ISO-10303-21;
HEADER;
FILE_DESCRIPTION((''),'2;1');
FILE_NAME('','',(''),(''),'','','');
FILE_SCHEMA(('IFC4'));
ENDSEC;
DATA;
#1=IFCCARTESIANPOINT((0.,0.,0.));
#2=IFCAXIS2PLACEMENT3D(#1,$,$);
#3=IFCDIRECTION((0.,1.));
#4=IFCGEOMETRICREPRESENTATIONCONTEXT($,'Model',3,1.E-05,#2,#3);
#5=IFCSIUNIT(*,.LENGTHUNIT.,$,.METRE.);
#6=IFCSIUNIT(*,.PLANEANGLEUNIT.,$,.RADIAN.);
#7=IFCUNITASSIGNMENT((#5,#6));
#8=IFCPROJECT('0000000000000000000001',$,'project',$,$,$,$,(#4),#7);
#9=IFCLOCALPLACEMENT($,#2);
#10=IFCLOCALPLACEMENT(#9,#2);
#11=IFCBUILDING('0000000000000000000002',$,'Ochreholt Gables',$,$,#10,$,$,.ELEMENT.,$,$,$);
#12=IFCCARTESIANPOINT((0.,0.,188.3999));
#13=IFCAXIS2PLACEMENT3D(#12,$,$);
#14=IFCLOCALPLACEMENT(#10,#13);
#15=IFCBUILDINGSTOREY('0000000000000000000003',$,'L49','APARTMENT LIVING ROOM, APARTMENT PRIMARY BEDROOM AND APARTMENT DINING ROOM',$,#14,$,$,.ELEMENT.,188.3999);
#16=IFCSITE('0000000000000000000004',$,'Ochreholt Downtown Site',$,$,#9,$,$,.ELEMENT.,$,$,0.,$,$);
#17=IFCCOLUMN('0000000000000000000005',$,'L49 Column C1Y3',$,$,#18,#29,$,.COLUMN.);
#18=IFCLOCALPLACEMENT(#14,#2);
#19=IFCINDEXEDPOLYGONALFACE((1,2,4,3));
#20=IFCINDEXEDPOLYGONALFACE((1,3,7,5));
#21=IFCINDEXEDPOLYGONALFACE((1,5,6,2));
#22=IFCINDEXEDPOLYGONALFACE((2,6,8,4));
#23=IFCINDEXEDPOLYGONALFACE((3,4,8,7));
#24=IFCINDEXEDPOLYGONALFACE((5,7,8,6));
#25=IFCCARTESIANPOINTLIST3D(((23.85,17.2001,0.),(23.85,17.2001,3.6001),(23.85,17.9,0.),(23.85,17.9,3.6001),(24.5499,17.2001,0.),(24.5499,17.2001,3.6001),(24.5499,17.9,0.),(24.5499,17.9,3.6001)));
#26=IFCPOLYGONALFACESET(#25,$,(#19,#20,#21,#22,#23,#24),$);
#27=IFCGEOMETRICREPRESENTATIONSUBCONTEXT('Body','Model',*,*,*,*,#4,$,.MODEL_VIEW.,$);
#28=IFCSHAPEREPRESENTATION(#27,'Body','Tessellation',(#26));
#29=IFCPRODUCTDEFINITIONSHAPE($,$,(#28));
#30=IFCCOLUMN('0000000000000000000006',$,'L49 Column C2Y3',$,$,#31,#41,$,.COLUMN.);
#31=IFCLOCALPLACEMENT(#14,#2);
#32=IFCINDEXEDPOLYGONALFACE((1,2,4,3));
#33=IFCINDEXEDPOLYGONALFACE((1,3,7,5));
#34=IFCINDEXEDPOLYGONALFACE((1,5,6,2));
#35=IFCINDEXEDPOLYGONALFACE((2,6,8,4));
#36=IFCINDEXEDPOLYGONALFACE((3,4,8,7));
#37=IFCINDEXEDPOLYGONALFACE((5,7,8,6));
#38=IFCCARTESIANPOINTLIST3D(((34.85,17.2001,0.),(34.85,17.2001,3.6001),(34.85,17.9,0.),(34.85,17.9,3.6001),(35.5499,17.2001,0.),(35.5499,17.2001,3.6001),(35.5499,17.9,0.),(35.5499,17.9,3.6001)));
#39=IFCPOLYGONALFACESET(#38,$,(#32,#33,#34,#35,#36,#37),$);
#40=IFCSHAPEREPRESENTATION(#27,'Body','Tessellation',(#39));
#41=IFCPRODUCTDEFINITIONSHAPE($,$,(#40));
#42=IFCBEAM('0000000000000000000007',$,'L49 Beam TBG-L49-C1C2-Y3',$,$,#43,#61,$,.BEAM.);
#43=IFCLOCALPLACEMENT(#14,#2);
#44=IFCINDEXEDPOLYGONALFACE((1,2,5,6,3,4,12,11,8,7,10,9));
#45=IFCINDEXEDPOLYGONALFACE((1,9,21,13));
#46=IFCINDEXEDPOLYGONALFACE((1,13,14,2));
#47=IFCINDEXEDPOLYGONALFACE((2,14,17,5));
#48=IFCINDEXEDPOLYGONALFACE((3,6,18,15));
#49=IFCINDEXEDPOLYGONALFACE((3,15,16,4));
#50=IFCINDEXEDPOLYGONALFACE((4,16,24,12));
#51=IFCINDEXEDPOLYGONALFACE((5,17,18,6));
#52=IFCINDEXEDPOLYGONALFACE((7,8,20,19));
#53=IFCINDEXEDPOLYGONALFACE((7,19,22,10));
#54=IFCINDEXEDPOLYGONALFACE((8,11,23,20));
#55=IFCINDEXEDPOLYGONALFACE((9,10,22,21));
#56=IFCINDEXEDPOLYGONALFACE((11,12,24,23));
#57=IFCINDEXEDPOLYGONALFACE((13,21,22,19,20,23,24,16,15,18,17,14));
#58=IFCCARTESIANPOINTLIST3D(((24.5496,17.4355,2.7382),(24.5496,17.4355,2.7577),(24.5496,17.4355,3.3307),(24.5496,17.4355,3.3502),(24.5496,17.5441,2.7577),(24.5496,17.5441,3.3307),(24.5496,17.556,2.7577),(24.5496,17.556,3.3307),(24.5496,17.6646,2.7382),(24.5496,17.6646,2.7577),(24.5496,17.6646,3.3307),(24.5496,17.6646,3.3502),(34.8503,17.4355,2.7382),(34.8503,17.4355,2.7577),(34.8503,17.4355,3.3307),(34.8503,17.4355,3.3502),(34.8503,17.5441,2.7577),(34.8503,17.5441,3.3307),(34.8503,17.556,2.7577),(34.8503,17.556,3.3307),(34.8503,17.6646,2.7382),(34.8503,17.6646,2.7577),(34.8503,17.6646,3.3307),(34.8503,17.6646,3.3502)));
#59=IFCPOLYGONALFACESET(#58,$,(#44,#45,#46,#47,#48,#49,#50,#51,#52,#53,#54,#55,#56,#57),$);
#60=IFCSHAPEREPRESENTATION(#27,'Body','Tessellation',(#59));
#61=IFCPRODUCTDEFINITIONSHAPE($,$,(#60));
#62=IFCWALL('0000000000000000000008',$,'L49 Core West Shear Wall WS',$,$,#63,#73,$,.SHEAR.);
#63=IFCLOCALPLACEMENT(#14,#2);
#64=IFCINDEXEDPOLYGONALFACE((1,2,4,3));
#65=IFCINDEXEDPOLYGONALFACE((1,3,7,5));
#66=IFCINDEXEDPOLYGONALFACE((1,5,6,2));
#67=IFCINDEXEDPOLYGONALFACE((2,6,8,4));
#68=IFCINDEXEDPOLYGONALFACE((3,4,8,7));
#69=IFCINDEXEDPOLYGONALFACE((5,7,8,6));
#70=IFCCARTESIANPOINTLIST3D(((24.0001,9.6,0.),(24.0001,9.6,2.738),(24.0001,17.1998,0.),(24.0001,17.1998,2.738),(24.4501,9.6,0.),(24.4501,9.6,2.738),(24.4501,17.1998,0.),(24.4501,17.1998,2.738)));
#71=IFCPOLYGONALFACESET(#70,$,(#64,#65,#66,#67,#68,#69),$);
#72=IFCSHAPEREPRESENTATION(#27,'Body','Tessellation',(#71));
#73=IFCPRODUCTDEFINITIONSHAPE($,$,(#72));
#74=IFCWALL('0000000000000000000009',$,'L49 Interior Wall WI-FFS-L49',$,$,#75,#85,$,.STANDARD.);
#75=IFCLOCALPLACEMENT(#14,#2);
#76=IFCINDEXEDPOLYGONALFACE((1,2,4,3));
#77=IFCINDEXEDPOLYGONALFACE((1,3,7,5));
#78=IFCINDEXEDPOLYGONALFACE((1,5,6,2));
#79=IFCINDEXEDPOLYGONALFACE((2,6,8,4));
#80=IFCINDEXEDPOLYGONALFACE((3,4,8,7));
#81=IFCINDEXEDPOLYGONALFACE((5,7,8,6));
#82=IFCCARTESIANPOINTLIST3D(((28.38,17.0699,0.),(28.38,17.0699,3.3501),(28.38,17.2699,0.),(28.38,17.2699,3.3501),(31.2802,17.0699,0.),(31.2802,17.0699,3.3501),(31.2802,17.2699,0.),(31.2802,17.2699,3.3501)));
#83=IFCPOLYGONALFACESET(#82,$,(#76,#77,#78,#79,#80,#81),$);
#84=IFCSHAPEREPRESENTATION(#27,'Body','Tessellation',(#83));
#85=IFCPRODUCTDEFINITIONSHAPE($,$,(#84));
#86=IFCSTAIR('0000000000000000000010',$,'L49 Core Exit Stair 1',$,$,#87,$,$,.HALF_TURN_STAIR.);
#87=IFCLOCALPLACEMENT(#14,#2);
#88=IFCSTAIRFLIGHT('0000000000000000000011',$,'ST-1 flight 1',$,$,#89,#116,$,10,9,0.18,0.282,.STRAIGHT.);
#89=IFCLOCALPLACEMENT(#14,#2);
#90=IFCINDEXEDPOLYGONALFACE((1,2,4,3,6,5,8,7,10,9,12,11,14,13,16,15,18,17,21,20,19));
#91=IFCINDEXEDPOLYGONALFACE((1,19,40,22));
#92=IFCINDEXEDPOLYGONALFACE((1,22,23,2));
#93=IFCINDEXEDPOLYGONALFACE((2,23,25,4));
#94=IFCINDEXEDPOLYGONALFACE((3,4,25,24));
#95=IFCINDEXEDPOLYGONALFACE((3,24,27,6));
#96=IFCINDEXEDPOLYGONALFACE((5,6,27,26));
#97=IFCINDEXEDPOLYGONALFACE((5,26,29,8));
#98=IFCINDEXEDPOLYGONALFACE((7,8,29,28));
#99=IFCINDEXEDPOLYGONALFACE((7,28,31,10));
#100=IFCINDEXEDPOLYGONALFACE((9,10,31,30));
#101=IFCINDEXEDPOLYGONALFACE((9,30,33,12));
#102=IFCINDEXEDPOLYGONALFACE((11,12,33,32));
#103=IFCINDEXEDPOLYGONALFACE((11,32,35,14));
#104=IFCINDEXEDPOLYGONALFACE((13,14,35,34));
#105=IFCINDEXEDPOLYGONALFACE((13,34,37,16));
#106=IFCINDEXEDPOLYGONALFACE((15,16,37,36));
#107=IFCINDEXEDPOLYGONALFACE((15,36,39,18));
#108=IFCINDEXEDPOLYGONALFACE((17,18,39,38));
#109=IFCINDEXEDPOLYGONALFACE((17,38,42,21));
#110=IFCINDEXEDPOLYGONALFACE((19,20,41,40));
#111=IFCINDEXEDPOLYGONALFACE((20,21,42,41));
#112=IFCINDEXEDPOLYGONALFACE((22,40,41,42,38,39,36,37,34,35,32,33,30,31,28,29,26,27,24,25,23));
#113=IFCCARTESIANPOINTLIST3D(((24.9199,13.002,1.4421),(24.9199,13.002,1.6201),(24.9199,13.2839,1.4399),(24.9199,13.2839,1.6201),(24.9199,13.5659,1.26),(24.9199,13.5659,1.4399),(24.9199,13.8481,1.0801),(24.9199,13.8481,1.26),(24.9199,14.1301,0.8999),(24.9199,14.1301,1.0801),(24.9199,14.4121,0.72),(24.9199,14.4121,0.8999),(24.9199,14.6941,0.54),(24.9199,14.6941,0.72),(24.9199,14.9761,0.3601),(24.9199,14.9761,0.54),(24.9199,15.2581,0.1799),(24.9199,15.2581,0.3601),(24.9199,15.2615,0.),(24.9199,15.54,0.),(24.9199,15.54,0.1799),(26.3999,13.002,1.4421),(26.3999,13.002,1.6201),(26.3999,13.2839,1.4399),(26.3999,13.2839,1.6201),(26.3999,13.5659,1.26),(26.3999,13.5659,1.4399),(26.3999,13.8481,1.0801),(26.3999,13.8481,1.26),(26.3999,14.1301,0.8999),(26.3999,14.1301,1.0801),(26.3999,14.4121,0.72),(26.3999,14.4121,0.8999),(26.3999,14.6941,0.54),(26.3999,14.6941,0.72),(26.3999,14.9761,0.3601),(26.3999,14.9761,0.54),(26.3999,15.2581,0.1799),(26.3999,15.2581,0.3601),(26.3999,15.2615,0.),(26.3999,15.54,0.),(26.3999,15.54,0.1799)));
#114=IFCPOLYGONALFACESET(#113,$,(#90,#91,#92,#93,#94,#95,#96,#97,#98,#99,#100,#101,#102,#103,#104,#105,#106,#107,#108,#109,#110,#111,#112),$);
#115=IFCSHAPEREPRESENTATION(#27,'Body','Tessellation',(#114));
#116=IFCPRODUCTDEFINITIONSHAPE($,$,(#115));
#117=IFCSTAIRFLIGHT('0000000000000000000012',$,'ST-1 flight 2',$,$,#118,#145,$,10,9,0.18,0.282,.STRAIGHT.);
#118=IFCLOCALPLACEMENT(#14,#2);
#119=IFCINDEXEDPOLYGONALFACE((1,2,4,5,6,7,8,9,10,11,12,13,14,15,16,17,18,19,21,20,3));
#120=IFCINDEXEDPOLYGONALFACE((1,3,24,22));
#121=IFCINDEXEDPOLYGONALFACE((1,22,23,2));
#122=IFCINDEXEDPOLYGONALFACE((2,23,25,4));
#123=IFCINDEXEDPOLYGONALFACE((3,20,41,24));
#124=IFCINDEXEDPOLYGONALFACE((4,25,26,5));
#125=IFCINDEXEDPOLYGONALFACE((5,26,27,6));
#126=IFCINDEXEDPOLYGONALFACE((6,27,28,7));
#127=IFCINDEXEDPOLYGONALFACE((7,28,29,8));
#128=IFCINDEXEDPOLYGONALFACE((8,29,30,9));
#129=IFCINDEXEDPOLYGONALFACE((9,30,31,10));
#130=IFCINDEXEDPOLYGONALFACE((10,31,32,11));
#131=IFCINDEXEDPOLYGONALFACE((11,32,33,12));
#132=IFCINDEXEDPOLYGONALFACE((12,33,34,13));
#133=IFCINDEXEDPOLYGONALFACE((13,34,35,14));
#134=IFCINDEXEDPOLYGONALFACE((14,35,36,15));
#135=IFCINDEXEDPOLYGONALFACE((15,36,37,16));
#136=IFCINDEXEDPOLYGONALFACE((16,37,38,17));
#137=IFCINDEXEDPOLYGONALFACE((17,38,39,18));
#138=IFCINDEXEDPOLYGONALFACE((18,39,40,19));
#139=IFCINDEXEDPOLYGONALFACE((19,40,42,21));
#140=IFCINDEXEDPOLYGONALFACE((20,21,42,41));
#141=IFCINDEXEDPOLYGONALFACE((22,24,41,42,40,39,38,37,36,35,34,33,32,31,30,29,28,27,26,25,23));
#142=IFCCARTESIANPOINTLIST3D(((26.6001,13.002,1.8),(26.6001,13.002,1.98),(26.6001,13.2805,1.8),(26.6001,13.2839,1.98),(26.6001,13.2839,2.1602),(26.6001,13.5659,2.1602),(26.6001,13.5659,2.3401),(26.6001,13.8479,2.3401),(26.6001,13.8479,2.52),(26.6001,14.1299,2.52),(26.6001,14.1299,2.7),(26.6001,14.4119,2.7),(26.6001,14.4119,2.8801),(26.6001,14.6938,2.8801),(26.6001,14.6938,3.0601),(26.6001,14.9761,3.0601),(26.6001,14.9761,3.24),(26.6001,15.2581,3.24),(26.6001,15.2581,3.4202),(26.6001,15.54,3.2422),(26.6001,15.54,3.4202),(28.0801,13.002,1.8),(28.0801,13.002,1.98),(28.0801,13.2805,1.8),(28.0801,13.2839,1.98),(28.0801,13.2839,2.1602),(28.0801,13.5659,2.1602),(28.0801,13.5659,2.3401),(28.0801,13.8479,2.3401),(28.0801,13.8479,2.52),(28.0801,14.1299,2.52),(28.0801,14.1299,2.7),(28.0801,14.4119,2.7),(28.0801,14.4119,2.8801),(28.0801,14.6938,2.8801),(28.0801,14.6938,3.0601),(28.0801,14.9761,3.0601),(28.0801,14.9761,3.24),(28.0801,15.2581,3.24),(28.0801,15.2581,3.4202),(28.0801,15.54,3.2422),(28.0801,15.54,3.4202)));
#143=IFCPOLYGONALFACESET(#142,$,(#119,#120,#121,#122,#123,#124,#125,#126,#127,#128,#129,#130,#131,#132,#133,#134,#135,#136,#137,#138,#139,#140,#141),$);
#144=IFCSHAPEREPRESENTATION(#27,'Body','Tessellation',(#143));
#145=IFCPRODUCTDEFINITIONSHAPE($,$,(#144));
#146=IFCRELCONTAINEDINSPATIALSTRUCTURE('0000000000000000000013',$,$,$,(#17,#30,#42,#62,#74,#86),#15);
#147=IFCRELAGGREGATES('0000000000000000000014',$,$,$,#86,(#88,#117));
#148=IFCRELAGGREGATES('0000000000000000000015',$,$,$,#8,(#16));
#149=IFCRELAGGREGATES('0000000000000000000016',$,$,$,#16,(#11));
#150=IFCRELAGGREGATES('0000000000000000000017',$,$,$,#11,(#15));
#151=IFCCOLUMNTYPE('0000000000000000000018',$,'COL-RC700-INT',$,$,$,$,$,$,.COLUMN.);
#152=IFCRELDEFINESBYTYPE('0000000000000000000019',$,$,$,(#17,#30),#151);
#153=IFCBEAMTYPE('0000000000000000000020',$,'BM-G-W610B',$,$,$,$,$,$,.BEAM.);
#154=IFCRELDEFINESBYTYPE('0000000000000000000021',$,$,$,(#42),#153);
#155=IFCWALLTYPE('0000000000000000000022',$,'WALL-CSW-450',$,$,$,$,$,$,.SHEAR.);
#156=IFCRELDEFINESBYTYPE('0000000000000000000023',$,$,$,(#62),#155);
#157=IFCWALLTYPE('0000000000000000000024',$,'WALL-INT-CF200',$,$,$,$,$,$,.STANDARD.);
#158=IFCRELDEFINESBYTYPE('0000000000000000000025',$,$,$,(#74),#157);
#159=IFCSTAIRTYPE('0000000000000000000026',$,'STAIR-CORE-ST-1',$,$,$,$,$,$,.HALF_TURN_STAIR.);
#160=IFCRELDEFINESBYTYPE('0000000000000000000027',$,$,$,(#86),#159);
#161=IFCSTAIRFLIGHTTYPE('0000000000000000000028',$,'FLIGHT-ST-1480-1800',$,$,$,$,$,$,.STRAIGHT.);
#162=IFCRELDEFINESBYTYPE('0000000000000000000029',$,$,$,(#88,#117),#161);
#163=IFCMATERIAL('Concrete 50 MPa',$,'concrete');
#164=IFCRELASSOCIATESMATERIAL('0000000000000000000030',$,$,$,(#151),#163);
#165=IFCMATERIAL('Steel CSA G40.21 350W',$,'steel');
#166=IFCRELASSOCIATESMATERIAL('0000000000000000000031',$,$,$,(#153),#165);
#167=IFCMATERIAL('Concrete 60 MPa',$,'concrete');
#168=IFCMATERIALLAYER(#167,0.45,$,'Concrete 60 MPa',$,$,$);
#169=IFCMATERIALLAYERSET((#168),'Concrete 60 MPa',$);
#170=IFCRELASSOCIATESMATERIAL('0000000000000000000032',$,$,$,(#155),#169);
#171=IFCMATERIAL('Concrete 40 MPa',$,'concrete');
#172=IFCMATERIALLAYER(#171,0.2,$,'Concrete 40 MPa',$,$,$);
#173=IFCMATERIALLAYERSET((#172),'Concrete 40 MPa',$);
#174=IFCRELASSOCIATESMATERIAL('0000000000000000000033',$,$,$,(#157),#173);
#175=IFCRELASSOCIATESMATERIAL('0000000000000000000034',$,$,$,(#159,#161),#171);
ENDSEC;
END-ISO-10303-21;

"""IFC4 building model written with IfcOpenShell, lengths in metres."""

from ifc_helpers import new_model, si_unit, direction, frame, frame_2d, origin, origin_2d, place, context, subcontext, project, spatial, polyline, rectangle, i_section, outline, extrude, material, layer, layer_set, material_profile, profile_set, type_object, element, aggregate, save


model = new_model("IFC4")

# Units and contexts
model_context = context("Model", 3, precision=1e-05, world=origin(), true_north=direction((0.0, 1.0)))
body_context = subcontext(model_context, "Body", "Model", "MODEL_VIEW")
ifc_project = project(units=[si_unit("LENGTHUNIT", "METRE"), si_unit("PLANEANGLEUNIT", "RADIAN")], contexts=[model_context])

# Site, building, storey
site_placement = place(None, origin())
site = spatial("IfcSite", under=ifc_project, at=site_placement, Name="Ochreholt Downtown Site", CompositionType="ELEMENT", RefElevation=0.0)
building_placement = place(site_placement, origin())
building = spatial("IfcBuilding", under=site, at=building_placement, Name="Ochreholt Gables", CompositionType="ELEMENT")
storey_placement = place(building_placement, frame((0.0, 0.0, 188.3999)))
storey = spatial("IfcBuildingStorey", under=building, at=storey_placement, Name="L49", Description="APARTMENT LIVING ROOM, APARTMENT PRIMARY BEDROOM AND APARTMENT DINING ROOM", CompositionType="ELEMENT", Elevation=188.3999)

# Columns
ifc_material_1 = material(Name="Concrete 50 MPa", Category="concrete")
ifc_material_profile_1 = material_profile(ifc_material_1, rectangle(XDim=0.7, YDim=0.7, at=origin_2d()), Name="RC700X700")
ifc_profile_set_1 = profile_set([ifc_material_profile_1], Name="Concrete 50 MPa")
column_type = type_object("IfcColumnType", Name="COL-RC700-INT", PredefinedType="COLUMN", material=ifc_profile_set_1)
for number, where, z_axis, x_axis, name in (
    (1, (24.2, 17.55, 0.0), (0.0, 0.0, 1.0), (1.0, 0.0, 0.0), "L49 Column C1Y3"),
    (2, (35.2, 17.55, 0.0), (0.0, 0.0, 1.0), (1.0, 0.0, 0.0), "L49 Column C2Y3"),
):
    element("IfcColumn", number, at=place(storey_placement, frame(where, z_axis=z_axis, x_axis=x_axis)), inside=storey, type_object=column_type, Name=name, PredefinedType="COLUMN", context=body_context, shape_type="SweptSolid", body=[
        extrude(rectangle(XDim=0.7, YDim=0.7, at=origin_2d()), origin(), (0.0, 0.0, 1.0), 3.6001),
    ])

# Beam
ifc_material_2 = material(Name="Steel CSA G40.21 350W", Category="steel")
ifc_material_profile_2 = material_profile(ifc_material_2, i_section(OverallWidth=0.229, OverallDepth=0.6121, WebThickness=0.012, FlangeThickness=0.0195, at=origin_2d()), Name="W610X125")
ifc_profile_set_2 = profile_set([ifc_material_profile_2], Name="Steel CSA G40.21 350W")
beam_type = type_object("IfcBeamType", Name="BM-G-W610B", PredefinedType="BEAM", material=ifc_profile_set_2)
beam_placement = place(storey_placement, frame((24.5496, 17.55, 3.0442), z_axis=(1.0, 0.0, 0.0), x_axis=(0.0, 1.0, 0.0)))
element("IfcBeam", 3, at=beam_placement, inside=storey, type_object=beam_type, Name="L49 Beam TBG-L49-C1C2-Y3", PredefinedType="BEAM", context=body_context, shape_type="SweptSolid", body=[
    extrude(i_section(OverallWidth=0.229, OverallDepth=0.6121, WebThickness=0.012, FlangeThickness=0.0195, at=origin_2d()), origin(), (0.0, 0.0, 1.0), 10.3008),
])

# Walls
ifc_material_3 = material(Name="Concrete 60 MPa", Category="concrete")
ifc_layer_1 = layer(ifc_material_3, 0.45, Name="Concrete 60 MPa")
ifc_layer_set_1 = layer_set([ifc_layer_1], Name="Concrete 60 MPa")
wall_type_1 = type_object("IfcWallType", Name="WALL-CSW-450", PredefinedType="SHEAR", material=ifc_layer_set_1)
wall_1_placement = place(storey_placement, frame((24.2251, 9.6001, 0.0), z_axis=(0.0, 0.0, 1.0), x_axis=(0.0, 1.0, 0.0)))
element("IfcWall", 4, at=wall_1_placement, inside=storey, type_object=wall_type_1, Name="L49 Core West Shear Wall WS", PredefinedType="SHEAR", context=body_context, shape_type="SweptSolid", body=[
    extrude(rectangle(XDim=7.5999, YDim=0.45, at=frame_2d((3.7998, 0.0))), origin(), (0.0, 0.0, 1.0), 2.738),
])
ifc_material_4 = material(Name="Concrete 40 MPa", Category="concrete")
ifc_layer_2 = layer(ifc_material_4, 0.2, Name="Concrete 40 MPa")
ifc_layer_set_2 = layer_set([ifc_layer_2], Name="Concrete 40 MPa")
wall_type_2 = type_object("IfcWallType", Name="WALL-INT-CF200", PredefinedType="STANDARD", material=ifc_layer_set_2)
wall_2_placement = place(storey_placement, frame((28.3799, 17.1699, 0.0), z_axis=(0.0, 0.0, 1.0), x_axis=(1.0, 0.0, 0.0)))
element("IfcWall", 5, at=wall_2_placement, inside=storey, type_object=wall_type_2, Name="L49 Interior Wall WI-FFS-L49", PredefinedType="STANDARD", context=body_context, shape_type="SweptSolid", body=[
    extrude(rectangle(XDim=2.9001, YDim=0.2, at=frame_2d((1.4502, 0.0))), origin(), (0.0, 0.0, 1.0), 3.3501),
])

# Stair, stair flights
stair_type = type_object("IfcStairType", Name="STAIR-CORE-ST-1", PredefinedType="HALF_TURN_STAIR", material=ifc_material_4)
stair_placement = place(storey_placement, origin())
stair = element("IfcStair", 6, at=stair_placement, inside=storey, type_object=stair_type, Name="L49 Core Exit Stair 1", PredefinedType="HALF_TURN_STAIR")
stair_flight_type = type_object("IfcStairFlightType", Name="FLIGHT-ST-1480-1800", PredefinedType="STRAIGHT", material=ifc_material_4)
stair_flight_1_placement = place(storey_placement, frame((25.6599, 15.54, 0.0), z_axis=(0.0, 0.0, 1.0), x_axis=(0.0, -1.0, 0.0)))
stair_flight_1 = element("IfcStairFlight", 7, at=stair_flight_1_placement, type_object=stair_flight_type, Name="ST-1 flight 1", NumberOfRisers=10, NumberOfTreads=9, PredefinedType="STRAIGHT", RiserHeight=0.18, TreadLength=0.282, context=body_context, shape_type="SweptSolid", body=[
    extrude(outline(polyline([(0.0, 0.0), (0.0, 0.1799), (0.282, 0.1799), (0.282, 0.3601), (0.564, 0.3601), (0.564, 0.54), (0.8459, 0.54), (0.8459, 0.72), (1.1279, 0.72), (1.1279, 0.8999), (1.4099, 0.8999), (1.4099, 1.0801), (1.6919, 1.0801), (1.6919, 1.26), (1.9741, 1.26), (1.9741, 1.4399), (2.2561, 1.4399), (2.2561, 1.6201), (2.5381, 1.6201), (2.5381, 1.8), (2.5381, 1.4421), (0.2786, 0.0), (0.0, 0.0)])), frame((0.0, 0.74, 0.0), z_axis=(0.0, -1.0, 0.0), x_axis=(1.0, 0.0, 0.0)), (0.0, 0.0, 1.0), 1.48),
])
stair_flight_2_placement = place(storey_placement, frame((27.3401, 13.002, 1.8), z_axis=(0.0, 0.0, 1.0), x_axis=(0.0, 1.0, 0.0)))
stair_flight_2 = element("IfcStairFlight", 8, at=stair_flight_2_placement, type_object=stair_flight_type, Name="ST-1 flight 2", NumberOfRisers=10, NumberOfTreads=9, PredefinedType="STRAIGHT", RiserHeight=0.18, TreadLength=0.282, context=body_context, shape_type="SweptSolid", body=[
    extrude(outline(polyline([(0.0, 0.0), (0.0, 0.1799), (0.282, 0.1799), (0.282, 0.3601), (0.564, 0.3601), (0.564, 0.54), (0.8459, 0.54), (0.8459, 0.72), (1.1279, 0.72), (1.1279, 0.8999), (1.4099, 0.8999), (1.4099, 1.0801), (1.6919, 1.0801), (1.6919, 1.26), (1.9741, 1.26), (1.9741, 1.4399), (2.2561, 1.4399), (2.2561, 1.6201), (2.5381, 1.6201), (2.5381, 1.8), (2.5381, 1.4421), (0.2786, 0.0), (0.0, 0.0)])), frame((0.0, 0.74, 0.0), z_axis=(0.0, -1.0, 0.0), x_axis=(1.0, 0.0, 0.0)), (0.0, 0.0, 1.0), 1.48),
])
aggregate(stair, [stair_flight_1, stair_flight_2])

save(model, "model.ifc")
